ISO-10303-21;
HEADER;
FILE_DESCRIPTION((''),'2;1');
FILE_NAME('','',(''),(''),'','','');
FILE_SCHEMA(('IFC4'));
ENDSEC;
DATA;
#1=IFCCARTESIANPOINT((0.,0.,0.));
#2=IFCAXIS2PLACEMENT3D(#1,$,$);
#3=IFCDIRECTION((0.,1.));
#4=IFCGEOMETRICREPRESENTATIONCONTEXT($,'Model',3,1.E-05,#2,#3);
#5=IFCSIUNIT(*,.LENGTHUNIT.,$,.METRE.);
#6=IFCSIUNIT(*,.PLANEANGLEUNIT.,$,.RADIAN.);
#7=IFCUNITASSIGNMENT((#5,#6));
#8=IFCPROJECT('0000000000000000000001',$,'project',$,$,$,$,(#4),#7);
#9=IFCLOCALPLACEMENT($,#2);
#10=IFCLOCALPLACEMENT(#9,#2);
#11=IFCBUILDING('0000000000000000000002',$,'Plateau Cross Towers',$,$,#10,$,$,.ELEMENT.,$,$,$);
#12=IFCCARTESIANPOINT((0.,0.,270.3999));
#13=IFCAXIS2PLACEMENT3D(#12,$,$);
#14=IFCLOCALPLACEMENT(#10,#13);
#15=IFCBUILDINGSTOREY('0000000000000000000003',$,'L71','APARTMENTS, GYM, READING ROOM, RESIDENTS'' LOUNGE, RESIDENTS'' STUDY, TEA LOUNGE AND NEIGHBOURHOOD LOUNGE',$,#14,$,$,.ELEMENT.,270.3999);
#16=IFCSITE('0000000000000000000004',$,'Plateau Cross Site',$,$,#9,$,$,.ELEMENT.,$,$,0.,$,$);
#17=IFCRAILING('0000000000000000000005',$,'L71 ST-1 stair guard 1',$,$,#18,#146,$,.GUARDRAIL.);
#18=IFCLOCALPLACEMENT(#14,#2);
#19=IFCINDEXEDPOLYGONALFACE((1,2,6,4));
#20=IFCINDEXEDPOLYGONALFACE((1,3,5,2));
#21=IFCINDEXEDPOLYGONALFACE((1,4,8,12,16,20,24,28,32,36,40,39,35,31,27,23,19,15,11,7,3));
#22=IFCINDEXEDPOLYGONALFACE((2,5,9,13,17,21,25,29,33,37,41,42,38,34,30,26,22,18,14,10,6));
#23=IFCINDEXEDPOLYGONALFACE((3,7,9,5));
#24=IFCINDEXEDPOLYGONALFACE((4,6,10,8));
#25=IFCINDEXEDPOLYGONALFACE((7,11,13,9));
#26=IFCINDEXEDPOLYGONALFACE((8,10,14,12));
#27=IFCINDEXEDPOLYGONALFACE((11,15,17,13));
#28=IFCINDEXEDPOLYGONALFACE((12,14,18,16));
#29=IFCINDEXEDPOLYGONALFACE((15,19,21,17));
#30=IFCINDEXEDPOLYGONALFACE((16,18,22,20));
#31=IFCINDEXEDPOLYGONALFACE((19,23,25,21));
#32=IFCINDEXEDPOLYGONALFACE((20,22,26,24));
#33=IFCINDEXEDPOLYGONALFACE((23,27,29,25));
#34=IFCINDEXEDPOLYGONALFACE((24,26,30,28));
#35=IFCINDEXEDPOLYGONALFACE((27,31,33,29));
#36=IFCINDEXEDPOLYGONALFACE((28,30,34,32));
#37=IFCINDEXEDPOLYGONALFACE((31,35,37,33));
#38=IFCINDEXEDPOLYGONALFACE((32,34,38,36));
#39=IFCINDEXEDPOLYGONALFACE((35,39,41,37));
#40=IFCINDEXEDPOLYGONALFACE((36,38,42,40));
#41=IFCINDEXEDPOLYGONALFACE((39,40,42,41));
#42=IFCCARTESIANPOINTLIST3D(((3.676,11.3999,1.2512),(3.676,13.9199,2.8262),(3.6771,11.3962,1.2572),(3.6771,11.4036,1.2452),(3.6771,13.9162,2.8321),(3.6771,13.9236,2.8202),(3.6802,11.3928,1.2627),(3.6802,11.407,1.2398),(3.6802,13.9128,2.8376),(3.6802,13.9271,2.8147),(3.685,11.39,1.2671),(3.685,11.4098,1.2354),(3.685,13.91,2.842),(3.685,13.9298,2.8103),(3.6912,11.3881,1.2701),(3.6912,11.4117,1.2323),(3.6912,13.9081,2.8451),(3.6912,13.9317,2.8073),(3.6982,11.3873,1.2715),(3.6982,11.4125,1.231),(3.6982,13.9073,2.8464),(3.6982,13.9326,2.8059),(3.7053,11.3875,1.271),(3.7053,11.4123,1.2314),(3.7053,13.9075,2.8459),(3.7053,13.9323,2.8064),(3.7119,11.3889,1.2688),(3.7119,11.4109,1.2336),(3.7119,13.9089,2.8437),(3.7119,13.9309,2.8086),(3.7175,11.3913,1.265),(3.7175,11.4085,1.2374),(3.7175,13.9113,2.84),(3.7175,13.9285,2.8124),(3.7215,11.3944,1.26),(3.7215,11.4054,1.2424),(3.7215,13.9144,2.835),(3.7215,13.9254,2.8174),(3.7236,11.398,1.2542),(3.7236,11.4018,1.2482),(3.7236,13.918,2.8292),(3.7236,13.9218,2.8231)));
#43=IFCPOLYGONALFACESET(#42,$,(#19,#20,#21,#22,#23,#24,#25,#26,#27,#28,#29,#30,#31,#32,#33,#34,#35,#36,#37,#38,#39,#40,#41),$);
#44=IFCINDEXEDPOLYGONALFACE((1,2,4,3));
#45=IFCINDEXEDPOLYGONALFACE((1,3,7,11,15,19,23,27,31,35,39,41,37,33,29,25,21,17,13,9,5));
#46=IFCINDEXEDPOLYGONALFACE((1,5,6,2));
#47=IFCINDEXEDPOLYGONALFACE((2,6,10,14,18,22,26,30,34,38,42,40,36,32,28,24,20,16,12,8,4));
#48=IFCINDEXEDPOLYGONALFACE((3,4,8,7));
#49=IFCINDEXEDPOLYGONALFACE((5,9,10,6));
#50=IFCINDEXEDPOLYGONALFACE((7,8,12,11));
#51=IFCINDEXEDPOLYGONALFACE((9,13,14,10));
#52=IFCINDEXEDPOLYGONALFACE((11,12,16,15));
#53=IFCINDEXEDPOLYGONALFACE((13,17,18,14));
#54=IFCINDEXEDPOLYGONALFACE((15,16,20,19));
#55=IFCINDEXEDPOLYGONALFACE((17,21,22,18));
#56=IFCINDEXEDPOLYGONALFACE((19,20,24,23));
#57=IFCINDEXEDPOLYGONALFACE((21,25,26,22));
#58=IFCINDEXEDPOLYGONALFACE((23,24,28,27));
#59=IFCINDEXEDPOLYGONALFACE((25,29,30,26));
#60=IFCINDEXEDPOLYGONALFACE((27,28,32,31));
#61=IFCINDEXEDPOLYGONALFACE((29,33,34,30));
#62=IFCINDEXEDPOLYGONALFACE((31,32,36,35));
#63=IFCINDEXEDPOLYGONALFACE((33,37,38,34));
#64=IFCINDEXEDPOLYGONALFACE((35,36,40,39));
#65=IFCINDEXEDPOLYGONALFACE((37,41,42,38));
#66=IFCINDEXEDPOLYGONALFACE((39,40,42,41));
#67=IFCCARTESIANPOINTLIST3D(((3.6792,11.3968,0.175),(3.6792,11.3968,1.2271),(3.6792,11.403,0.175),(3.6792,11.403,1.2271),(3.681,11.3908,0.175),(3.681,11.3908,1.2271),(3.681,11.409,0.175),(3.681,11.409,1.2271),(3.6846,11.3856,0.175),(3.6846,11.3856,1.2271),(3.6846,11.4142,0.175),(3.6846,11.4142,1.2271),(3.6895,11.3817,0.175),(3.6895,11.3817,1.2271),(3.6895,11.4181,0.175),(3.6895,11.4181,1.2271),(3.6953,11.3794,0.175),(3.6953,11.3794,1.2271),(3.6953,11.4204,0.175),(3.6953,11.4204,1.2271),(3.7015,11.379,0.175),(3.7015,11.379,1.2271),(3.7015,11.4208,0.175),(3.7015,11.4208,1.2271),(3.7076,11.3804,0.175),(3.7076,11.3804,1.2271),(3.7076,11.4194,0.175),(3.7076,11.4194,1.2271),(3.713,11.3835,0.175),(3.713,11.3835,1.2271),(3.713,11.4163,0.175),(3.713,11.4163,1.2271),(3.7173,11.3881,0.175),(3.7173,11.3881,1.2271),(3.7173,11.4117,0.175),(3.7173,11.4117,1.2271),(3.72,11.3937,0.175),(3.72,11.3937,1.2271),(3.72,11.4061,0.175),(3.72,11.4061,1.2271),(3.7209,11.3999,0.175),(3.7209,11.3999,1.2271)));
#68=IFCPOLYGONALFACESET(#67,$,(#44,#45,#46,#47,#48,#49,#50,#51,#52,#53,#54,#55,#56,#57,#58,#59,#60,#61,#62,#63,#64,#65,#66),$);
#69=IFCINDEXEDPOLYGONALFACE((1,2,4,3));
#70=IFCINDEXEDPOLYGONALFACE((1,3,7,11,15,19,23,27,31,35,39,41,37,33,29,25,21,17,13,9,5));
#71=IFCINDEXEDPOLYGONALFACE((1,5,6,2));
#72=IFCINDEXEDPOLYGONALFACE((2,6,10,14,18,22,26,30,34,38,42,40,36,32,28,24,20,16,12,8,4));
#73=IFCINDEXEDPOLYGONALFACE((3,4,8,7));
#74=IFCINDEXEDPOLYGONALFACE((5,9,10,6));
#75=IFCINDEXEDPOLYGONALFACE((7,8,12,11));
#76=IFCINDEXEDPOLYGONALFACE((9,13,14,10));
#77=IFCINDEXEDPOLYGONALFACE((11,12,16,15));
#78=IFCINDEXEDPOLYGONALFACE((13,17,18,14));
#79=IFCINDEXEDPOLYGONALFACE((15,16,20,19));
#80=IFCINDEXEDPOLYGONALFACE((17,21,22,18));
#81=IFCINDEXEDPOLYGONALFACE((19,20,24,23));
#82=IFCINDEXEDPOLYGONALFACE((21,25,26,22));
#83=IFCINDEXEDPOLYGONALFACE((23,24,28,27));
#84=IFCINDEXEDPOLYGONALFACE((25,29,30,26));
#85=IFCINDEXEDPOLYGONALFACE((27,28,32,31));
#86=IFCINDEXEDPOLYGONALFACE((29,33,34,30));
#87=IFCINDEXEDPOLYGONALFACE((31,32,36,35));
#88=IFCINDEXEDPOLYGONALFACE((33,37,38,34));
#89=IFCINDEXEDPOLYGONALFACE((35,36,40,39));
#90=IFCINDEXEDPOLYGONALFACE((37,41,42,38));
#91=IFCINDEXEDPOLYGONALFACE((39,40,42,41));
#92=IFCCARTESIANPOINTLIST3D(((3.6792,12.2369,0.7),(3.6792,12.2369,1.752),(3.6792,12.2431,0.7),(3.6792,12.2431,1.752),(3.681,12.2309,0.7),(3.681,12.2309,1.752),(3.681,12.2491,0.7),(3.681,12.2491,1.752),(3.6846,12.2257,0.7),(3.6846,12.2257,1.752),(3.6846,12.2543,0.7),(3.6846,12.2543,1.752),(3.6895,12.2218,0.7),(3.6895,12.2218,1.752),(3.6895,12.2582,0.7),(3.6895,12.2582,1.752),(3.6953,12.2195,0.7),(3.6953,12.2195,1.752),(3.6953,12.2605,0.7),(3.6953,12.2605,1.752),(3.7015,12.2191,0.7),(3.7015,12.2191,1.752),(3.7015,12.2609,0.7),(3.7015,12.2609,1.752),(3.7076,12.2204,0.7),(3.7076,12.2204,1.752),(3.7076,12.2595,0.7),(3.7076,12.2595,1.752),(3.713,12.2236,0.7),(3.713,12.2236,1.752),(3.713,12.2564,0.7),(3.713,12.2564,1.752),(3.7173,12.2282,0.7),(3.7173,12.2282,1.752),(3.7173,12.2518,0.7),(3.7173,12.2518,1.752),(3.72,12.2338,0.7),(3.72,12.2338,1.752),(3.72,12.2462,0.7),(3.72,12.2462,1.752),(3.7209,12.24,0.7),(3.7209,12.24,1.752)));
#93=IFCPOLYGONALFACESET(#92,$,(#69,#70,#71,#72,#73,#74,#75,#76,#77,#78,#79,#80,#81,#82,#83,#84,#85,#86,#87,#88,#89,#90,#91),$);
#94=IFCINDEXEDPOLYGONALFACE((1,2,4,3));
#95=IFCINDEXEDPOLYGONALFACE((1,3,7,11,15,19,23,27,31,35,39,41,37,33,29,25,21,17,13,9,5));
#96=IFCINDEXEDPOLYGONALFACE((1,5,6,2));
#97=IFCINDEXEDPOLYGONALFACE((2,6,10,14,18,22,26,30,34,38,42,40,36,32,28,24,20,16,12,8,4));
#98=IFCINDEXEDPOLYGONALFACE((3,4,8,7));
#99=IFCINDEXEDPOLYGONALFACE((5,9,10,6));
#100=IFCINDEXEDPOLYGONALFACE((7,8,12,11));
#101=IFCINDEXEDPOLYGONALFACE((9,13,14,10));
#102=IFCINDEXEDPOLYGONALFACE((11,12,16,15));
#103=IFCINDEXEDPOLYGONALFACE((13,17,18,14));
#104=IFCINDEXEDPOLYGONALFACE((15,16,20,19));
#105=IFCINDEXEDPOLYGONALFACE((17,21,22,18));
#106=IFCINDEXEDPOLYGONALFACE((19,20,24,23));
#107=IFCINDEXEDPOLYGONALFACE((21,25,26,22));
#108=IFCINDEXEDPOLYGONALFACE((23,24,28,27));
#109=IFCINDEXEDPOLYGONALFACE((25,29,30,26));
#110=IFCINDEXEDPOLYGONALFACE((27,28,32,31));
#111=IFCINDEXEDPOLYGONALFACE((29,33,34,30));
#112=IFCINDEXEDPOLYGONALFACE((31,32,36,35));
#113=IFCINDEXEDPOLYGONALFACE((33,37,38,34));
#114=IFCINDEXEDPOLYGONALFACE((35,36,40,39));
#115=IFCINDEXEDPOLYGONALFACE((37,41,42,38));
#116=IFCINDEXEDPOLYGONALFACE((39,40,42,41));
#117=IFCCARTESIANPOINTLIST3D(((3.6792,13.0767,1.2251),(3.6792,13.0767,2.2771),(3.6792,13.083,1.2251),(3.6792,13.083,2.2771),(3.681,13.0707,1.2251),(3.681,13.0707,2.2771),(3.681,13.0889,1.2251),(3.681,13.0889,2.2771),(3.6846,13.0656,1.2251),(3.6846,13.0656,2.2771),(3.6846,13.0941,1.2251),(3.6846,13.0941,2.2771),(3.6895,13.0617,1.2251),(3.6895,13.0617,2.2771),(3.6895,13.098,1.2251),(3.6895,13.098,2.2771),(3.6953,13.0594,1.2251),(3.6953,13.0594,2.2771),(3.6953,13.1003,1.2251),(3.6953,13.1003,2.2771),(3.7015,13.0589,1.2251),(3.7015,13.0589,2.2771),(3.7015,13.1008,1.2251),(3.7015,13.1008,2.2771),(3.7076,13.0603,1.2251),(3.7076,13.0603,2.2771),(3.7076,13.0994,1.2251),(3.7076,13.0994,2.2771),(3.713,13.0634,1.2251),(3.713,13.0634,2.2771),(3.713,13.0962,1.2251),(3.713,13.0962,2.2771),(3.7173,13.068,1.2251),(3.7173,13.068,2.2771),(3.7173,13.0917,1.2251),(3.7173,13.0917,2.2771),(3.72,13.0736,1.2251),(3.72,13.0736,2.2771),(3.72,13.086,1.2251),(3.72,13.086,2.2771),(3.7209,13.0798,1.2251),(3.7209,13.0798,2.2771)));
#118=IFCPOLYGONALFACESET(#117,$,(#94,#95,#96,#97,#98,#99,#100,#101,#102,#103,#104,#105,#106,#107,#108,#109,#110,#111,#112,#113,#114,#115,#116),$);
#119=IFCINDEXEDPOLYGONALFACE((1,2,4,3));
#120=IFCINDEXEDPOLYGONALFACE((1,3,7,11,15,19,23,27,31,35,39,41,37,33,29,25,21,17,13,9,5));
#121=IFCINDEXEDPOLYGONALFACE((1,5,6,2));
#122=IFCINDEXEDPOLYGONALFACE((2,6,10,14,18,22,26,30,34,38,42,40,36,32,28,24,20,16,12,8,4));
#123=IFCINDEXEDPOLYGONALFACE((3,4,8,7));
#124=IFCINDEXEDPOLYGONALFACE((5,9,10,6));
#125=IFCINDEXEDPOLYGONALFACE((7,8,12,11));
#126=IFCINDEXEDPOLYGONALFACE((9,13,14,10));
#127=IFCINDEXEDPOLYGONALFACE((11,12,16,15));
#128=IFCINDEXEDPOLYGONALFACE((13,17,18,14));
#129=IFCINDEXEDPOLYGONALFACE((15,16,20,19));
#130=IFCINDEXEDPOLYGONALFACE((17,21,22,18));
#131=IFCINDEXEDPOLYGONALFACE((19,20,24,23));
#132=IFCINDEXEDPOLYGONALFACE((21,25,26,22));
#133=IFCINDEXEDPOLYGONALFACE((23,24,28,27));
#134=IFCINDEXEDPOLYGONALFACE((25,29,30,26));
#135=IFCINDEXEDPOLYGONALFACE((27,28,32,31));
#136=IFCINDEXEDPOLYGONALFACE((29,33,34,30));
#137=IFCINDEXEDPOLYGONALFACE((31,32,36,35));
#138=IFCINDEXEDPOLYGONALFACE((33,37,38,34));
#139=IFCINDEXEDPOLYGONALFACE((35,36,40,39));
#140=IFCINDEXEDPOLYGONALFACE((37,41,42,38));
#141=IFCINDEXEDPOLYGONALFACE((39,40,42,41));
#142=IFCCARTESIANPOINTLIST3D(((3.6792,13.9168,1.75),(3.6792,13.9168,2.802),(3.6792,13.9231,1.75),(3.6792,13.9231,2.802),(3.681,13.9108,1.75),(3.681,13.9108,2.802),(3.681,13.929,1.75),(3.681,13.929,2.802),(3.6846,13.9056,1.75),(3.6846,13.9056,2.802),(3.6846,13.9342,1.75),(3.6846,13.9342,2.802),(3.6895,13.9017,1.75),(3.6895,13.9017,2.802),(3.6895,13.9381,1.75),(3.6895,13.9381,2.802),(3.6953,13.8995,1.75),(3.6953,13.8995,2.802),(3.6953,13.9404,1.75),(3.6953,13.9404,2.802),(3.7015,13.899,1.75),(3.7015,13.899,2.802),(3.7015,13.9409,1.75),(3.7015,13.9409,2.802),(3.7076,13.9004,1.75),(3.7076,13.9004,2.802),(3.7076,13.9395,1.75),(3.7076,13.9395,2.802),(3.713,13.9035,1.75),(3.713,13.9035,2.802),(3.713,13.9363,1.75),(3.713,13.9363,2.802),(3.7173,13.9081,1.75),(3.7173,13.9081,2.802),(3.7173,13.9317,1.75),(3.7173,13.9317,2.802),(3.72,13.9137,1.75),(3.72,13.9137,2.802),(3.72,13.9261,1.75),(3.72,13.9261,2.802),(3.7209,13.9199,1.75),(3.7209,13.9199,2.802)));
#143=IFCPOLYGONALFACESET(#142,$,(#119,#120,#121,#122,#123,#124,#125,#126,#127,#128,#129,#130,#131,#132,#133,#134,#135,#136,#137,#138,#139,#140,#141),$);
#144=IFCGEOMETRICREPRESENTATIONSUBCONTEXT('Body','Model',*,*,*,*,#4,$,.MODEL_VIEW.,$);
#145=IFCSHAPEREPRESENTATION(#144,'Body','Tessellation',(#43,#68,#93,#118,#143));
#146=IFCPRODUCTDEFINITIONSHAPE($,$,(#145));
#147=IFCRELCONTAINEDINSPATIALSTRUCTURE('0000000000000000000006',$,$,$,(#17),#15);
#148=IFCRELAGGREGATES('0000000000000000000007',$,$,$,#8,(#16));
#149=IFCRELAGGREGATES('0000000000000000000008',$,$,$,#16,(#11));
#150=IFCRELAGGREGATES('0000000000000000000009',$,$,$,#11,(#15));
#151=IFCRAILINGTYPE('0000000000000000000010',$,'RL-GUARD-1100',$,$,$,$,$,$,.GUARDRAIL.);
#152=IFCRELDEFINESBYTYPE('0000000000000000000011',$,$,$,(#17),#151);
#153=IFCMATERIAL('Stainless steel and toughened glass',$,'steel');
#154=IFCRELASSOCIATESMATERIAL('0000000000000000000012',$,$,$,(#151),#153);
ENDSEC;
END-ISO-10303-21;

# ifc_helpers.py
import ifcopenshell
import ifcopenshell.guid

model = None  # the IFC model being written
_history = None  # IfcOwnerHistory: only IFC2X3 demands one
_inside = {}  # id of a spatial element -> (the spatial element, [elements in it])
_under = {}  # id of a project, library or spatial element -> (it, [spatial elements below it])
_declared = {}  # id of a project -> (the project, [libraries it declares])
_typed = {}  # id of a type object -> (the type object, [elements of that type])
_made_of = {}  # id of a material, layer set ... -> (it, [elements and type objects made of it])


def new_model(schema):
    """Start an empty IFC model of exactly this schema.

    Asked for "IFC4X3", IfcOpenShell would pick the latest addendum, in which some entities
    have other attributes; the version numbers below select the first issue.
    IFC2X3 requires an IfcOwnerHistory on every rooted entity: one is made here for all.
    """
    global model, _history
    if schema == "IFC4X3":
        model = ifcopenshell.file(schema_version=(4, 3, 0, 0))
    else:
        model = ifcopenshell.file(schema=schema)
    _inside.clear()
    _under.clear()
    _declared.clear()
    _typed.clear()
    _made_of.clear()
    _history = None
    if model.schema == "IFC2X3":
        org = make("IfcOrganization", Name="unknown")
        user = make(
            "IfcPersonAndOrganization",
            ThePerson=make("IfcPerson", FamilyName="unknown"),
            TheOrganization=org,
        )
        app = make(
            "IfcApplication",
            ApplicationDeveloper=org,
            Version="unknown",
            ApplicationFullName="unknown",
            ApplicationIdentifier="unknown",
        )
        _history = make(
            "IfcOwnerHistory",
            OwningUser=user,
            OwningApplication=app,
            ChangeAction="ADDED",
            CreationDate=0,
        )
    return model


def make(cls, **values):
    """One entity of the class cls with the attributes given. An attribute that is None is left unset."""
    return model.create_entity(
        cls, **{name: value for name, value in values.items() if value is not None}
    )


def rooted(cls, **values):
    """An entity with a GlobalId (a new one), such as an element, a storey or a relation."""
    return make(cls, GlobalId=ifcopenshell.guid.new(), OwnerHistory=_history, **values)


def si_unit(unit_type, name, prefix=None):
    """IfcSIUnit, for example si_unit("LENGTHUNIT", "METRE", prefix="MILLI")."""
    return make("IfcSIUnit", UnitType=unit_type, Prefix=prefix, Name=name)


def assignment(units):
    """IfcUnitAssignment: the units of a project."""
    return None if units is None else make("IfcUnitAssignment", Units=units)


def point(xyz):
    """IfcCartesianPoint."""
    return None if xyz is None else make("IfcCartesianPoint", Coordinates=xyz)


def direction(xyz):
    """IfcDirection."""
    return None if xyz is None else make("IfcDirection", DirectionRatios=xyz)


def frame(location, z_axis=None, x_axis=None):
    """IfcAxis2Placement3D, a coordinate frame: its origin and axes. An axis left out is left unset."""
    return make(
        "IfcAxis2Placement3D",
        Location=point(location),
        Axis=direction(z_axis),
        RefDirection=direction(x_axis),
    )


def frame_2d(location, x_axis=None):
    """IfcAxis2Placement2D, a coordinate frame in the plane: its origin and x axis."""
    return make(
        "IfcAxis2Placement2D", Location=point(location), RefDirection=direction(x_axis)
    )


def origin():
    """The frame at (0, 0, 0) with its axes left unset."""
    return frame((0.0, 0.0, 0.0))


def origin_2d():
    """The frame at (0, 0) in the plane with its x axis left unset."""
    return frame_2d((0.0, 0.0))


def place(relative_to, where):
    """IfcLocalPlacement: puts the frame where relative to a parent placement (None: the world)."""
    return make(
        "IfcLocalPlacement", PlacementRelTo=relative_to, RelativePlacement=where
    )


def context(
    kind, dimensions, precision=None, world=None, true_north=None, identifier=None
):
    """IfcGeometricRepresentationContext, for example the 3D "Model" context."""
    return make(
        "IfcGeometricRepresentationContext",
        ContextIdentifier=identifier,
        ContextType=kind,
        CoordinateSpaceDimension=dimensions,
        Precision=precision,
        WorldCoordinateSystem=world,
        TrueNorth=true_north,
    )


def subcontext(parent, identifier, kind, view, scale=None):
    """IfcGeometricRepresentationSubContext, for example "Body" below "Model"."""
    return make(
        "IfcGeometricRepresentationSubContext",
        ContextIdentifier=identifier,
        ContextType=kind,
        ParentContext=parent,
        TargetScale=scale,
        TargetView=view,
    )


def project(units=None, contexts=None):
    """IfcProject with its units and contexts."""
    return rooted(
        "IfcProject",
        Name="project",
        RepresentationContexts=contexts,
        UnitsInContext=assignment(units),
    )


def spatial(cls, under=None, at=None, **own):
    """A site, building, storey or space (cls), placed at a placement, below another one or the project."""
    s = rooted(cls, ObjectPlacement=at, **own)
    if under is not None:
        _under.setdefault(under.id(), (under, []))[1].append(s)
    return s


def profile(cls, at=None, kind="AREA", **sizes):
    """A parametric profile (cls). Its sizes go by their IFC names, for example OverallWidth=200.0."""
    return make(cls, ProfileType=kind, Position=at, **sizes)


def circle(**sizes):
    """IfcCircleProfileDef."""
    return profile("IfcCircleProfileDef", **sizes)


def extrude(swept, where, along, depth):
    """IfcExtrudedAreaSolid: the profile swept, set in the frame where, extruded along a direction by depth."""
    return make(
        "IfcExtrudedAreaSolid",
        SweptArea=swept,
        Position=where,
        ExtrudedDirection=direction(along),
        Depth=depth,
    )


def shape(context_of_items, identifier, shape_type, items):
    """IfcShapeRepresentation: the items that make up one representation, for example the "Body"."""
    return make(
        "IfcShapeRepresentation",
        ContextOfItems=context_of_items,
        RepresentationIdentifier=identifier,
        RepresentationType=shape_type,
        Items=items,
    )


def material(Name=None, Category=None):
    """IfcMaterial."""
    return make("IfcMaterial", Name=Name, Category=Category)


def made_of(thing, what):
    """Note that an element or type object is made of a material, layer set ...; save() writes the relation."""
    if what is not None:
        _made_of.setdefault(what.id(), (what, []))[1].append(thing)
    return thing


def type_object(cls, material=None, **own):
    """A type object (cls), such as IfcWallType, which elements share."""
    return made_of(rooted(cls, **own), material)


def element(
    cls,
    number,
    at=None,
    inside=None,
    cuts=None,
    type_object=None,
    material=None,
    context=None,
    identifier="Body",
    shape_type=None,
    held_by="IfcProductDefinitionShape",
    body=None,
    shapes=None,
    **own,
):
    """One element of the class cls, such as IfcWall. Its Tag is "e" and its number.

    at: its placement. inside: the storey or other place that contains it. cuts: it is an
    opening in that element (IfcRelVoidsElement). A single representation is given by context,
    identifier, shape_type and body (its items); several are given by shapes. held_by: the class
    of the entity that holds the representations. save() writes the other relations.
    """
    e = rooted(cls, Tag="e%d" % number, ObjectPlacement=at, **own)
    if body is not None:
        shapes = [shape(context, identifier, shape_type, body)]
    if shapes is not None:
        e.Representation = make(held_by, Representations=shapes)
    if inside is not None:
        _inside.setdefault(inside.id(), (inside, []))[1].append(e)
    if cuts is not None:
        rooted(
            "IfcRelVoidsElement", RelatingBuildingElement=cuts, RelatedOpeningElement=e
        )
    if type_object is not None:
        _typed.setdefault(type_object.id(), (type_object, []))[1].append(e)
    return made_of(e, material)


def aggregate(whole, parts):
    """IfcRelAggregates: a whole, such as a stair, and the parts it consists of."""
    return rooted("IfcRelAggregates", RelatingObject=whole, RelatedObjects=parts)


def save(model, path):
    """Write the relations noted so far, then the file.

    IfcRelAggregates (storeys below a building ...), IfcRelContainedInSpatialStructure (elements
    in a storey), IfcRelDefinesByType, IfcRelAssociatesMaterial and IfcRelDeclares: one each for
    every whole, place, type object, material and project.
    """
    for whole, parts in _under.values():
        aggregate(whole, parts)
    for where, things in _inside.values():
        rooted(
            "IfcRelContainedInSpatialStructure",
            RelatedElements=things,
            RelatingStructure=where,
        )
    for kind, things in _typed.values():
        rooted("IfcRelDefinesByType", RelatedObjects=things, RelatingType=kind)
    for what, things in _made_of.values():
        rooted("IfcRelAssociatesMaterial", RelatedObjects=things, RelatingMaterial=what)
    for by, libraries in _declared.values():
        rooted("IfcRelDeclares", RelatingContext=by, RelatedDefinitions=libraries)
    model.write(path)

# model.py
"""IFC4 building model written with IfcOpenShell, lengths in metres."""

from ifc_helpers import new_model, si_unit, direction, frame, origin, origin_2d, place, context, subcontext, project, spatial, circle, extrude, material, type_object, element, save


model = new_model("IFC4")

# Units and contexts
model_context = context("Model", 3, precision=1e-05, world=origin(), true_north=direction((0.0, 1.0)))
body_context = subcontext(model_context, "Body", "Model", "MODEL_VIEW")
ifc_project = project(units=[si_unit("LENGTHUNIT", "METRE"), si_unit("PLANEANGLEUNIT", "RADIAN")], contexts=[model_context])

# Site, building, storey
site_placement = place(None, origin())
site = spatial("IfcSite", under=ifc_project, at=site_placement, Name="Plateau Cross Site", CompositionType="ELEMENT", RefElevation=0.0)
building_placement = place(site_placement, origin())
building = spatial("IfcBuilding", under=site, at=building_placement, Name="Plateau Cross Towers", CompositionType="ELEMENT")
storey_placement = place(building_placement, frame((0.0, 0.0, 270.3999)))
storey = spatial("IfcBuildingStorey", under=building, at=storey_placement, Name="L71", Description="APARTMENTS, GYM, READING ROOM, RESIDENTS' LOUNGE, RESIDENTS' STUDY, TEA LOUNGE AND NEIGHBOURHOOD LOUNGE", CompositionType="ELEMENT", Elevation=270.3999)

# Railing
ifc_material_1 = material(Name="Stainless steel and toughened glass", Category="steel")
railing_type_1 = type_object("IfcRailingType", Name="RL-GUARD-1100", PredefinedType="GUARDRAIL", material=ifc_material_1)
railing_1_placement = place(storey_placement, frame((3.7, 11.3999, 0.175)))
element("IfcRailing", 1, at=railing_1_placement, inside=storey, type_object=railing_type_1, Name="L71 ST-1 stair guard 1", PredefinedType="GUARDRAIL", context=body_context, shape_type="SweptSolid", body=[
    extrude(circle(Radius=0.0239, at=origin_2d()), frame((0.0, 0.0, 1.0762), z_axis=(0.0, 0.848008, 0.529984), x_axis=(-1.0, 0.0, 0.0)), (0.0, 0.0, 1.0), 2.9717),
    extrude(circle(Radius=0.021, at=origin_2d()), origin(), (0.0, 0.0, 1.0), 1.052),
    extrude(circle(Radius=0.021, at=origin_2d()), frame((0.0, 0.8401, 0.5249)), (0.0, 0.0, 1.0), 1.052),
    extrude(circle(Radius=0.021, at=origin_2d()), frame((0.0, 1.6799, 1.05)), (0.0, 0.0, 1.0), 1.052),
    extrude(circle(Radius=0.021, at=origin_2d()), frame((0.0, 2.52, 1.575)), (0.0, 0.0, 1.0), 1.052),
])

save(model, "model.ifc")
